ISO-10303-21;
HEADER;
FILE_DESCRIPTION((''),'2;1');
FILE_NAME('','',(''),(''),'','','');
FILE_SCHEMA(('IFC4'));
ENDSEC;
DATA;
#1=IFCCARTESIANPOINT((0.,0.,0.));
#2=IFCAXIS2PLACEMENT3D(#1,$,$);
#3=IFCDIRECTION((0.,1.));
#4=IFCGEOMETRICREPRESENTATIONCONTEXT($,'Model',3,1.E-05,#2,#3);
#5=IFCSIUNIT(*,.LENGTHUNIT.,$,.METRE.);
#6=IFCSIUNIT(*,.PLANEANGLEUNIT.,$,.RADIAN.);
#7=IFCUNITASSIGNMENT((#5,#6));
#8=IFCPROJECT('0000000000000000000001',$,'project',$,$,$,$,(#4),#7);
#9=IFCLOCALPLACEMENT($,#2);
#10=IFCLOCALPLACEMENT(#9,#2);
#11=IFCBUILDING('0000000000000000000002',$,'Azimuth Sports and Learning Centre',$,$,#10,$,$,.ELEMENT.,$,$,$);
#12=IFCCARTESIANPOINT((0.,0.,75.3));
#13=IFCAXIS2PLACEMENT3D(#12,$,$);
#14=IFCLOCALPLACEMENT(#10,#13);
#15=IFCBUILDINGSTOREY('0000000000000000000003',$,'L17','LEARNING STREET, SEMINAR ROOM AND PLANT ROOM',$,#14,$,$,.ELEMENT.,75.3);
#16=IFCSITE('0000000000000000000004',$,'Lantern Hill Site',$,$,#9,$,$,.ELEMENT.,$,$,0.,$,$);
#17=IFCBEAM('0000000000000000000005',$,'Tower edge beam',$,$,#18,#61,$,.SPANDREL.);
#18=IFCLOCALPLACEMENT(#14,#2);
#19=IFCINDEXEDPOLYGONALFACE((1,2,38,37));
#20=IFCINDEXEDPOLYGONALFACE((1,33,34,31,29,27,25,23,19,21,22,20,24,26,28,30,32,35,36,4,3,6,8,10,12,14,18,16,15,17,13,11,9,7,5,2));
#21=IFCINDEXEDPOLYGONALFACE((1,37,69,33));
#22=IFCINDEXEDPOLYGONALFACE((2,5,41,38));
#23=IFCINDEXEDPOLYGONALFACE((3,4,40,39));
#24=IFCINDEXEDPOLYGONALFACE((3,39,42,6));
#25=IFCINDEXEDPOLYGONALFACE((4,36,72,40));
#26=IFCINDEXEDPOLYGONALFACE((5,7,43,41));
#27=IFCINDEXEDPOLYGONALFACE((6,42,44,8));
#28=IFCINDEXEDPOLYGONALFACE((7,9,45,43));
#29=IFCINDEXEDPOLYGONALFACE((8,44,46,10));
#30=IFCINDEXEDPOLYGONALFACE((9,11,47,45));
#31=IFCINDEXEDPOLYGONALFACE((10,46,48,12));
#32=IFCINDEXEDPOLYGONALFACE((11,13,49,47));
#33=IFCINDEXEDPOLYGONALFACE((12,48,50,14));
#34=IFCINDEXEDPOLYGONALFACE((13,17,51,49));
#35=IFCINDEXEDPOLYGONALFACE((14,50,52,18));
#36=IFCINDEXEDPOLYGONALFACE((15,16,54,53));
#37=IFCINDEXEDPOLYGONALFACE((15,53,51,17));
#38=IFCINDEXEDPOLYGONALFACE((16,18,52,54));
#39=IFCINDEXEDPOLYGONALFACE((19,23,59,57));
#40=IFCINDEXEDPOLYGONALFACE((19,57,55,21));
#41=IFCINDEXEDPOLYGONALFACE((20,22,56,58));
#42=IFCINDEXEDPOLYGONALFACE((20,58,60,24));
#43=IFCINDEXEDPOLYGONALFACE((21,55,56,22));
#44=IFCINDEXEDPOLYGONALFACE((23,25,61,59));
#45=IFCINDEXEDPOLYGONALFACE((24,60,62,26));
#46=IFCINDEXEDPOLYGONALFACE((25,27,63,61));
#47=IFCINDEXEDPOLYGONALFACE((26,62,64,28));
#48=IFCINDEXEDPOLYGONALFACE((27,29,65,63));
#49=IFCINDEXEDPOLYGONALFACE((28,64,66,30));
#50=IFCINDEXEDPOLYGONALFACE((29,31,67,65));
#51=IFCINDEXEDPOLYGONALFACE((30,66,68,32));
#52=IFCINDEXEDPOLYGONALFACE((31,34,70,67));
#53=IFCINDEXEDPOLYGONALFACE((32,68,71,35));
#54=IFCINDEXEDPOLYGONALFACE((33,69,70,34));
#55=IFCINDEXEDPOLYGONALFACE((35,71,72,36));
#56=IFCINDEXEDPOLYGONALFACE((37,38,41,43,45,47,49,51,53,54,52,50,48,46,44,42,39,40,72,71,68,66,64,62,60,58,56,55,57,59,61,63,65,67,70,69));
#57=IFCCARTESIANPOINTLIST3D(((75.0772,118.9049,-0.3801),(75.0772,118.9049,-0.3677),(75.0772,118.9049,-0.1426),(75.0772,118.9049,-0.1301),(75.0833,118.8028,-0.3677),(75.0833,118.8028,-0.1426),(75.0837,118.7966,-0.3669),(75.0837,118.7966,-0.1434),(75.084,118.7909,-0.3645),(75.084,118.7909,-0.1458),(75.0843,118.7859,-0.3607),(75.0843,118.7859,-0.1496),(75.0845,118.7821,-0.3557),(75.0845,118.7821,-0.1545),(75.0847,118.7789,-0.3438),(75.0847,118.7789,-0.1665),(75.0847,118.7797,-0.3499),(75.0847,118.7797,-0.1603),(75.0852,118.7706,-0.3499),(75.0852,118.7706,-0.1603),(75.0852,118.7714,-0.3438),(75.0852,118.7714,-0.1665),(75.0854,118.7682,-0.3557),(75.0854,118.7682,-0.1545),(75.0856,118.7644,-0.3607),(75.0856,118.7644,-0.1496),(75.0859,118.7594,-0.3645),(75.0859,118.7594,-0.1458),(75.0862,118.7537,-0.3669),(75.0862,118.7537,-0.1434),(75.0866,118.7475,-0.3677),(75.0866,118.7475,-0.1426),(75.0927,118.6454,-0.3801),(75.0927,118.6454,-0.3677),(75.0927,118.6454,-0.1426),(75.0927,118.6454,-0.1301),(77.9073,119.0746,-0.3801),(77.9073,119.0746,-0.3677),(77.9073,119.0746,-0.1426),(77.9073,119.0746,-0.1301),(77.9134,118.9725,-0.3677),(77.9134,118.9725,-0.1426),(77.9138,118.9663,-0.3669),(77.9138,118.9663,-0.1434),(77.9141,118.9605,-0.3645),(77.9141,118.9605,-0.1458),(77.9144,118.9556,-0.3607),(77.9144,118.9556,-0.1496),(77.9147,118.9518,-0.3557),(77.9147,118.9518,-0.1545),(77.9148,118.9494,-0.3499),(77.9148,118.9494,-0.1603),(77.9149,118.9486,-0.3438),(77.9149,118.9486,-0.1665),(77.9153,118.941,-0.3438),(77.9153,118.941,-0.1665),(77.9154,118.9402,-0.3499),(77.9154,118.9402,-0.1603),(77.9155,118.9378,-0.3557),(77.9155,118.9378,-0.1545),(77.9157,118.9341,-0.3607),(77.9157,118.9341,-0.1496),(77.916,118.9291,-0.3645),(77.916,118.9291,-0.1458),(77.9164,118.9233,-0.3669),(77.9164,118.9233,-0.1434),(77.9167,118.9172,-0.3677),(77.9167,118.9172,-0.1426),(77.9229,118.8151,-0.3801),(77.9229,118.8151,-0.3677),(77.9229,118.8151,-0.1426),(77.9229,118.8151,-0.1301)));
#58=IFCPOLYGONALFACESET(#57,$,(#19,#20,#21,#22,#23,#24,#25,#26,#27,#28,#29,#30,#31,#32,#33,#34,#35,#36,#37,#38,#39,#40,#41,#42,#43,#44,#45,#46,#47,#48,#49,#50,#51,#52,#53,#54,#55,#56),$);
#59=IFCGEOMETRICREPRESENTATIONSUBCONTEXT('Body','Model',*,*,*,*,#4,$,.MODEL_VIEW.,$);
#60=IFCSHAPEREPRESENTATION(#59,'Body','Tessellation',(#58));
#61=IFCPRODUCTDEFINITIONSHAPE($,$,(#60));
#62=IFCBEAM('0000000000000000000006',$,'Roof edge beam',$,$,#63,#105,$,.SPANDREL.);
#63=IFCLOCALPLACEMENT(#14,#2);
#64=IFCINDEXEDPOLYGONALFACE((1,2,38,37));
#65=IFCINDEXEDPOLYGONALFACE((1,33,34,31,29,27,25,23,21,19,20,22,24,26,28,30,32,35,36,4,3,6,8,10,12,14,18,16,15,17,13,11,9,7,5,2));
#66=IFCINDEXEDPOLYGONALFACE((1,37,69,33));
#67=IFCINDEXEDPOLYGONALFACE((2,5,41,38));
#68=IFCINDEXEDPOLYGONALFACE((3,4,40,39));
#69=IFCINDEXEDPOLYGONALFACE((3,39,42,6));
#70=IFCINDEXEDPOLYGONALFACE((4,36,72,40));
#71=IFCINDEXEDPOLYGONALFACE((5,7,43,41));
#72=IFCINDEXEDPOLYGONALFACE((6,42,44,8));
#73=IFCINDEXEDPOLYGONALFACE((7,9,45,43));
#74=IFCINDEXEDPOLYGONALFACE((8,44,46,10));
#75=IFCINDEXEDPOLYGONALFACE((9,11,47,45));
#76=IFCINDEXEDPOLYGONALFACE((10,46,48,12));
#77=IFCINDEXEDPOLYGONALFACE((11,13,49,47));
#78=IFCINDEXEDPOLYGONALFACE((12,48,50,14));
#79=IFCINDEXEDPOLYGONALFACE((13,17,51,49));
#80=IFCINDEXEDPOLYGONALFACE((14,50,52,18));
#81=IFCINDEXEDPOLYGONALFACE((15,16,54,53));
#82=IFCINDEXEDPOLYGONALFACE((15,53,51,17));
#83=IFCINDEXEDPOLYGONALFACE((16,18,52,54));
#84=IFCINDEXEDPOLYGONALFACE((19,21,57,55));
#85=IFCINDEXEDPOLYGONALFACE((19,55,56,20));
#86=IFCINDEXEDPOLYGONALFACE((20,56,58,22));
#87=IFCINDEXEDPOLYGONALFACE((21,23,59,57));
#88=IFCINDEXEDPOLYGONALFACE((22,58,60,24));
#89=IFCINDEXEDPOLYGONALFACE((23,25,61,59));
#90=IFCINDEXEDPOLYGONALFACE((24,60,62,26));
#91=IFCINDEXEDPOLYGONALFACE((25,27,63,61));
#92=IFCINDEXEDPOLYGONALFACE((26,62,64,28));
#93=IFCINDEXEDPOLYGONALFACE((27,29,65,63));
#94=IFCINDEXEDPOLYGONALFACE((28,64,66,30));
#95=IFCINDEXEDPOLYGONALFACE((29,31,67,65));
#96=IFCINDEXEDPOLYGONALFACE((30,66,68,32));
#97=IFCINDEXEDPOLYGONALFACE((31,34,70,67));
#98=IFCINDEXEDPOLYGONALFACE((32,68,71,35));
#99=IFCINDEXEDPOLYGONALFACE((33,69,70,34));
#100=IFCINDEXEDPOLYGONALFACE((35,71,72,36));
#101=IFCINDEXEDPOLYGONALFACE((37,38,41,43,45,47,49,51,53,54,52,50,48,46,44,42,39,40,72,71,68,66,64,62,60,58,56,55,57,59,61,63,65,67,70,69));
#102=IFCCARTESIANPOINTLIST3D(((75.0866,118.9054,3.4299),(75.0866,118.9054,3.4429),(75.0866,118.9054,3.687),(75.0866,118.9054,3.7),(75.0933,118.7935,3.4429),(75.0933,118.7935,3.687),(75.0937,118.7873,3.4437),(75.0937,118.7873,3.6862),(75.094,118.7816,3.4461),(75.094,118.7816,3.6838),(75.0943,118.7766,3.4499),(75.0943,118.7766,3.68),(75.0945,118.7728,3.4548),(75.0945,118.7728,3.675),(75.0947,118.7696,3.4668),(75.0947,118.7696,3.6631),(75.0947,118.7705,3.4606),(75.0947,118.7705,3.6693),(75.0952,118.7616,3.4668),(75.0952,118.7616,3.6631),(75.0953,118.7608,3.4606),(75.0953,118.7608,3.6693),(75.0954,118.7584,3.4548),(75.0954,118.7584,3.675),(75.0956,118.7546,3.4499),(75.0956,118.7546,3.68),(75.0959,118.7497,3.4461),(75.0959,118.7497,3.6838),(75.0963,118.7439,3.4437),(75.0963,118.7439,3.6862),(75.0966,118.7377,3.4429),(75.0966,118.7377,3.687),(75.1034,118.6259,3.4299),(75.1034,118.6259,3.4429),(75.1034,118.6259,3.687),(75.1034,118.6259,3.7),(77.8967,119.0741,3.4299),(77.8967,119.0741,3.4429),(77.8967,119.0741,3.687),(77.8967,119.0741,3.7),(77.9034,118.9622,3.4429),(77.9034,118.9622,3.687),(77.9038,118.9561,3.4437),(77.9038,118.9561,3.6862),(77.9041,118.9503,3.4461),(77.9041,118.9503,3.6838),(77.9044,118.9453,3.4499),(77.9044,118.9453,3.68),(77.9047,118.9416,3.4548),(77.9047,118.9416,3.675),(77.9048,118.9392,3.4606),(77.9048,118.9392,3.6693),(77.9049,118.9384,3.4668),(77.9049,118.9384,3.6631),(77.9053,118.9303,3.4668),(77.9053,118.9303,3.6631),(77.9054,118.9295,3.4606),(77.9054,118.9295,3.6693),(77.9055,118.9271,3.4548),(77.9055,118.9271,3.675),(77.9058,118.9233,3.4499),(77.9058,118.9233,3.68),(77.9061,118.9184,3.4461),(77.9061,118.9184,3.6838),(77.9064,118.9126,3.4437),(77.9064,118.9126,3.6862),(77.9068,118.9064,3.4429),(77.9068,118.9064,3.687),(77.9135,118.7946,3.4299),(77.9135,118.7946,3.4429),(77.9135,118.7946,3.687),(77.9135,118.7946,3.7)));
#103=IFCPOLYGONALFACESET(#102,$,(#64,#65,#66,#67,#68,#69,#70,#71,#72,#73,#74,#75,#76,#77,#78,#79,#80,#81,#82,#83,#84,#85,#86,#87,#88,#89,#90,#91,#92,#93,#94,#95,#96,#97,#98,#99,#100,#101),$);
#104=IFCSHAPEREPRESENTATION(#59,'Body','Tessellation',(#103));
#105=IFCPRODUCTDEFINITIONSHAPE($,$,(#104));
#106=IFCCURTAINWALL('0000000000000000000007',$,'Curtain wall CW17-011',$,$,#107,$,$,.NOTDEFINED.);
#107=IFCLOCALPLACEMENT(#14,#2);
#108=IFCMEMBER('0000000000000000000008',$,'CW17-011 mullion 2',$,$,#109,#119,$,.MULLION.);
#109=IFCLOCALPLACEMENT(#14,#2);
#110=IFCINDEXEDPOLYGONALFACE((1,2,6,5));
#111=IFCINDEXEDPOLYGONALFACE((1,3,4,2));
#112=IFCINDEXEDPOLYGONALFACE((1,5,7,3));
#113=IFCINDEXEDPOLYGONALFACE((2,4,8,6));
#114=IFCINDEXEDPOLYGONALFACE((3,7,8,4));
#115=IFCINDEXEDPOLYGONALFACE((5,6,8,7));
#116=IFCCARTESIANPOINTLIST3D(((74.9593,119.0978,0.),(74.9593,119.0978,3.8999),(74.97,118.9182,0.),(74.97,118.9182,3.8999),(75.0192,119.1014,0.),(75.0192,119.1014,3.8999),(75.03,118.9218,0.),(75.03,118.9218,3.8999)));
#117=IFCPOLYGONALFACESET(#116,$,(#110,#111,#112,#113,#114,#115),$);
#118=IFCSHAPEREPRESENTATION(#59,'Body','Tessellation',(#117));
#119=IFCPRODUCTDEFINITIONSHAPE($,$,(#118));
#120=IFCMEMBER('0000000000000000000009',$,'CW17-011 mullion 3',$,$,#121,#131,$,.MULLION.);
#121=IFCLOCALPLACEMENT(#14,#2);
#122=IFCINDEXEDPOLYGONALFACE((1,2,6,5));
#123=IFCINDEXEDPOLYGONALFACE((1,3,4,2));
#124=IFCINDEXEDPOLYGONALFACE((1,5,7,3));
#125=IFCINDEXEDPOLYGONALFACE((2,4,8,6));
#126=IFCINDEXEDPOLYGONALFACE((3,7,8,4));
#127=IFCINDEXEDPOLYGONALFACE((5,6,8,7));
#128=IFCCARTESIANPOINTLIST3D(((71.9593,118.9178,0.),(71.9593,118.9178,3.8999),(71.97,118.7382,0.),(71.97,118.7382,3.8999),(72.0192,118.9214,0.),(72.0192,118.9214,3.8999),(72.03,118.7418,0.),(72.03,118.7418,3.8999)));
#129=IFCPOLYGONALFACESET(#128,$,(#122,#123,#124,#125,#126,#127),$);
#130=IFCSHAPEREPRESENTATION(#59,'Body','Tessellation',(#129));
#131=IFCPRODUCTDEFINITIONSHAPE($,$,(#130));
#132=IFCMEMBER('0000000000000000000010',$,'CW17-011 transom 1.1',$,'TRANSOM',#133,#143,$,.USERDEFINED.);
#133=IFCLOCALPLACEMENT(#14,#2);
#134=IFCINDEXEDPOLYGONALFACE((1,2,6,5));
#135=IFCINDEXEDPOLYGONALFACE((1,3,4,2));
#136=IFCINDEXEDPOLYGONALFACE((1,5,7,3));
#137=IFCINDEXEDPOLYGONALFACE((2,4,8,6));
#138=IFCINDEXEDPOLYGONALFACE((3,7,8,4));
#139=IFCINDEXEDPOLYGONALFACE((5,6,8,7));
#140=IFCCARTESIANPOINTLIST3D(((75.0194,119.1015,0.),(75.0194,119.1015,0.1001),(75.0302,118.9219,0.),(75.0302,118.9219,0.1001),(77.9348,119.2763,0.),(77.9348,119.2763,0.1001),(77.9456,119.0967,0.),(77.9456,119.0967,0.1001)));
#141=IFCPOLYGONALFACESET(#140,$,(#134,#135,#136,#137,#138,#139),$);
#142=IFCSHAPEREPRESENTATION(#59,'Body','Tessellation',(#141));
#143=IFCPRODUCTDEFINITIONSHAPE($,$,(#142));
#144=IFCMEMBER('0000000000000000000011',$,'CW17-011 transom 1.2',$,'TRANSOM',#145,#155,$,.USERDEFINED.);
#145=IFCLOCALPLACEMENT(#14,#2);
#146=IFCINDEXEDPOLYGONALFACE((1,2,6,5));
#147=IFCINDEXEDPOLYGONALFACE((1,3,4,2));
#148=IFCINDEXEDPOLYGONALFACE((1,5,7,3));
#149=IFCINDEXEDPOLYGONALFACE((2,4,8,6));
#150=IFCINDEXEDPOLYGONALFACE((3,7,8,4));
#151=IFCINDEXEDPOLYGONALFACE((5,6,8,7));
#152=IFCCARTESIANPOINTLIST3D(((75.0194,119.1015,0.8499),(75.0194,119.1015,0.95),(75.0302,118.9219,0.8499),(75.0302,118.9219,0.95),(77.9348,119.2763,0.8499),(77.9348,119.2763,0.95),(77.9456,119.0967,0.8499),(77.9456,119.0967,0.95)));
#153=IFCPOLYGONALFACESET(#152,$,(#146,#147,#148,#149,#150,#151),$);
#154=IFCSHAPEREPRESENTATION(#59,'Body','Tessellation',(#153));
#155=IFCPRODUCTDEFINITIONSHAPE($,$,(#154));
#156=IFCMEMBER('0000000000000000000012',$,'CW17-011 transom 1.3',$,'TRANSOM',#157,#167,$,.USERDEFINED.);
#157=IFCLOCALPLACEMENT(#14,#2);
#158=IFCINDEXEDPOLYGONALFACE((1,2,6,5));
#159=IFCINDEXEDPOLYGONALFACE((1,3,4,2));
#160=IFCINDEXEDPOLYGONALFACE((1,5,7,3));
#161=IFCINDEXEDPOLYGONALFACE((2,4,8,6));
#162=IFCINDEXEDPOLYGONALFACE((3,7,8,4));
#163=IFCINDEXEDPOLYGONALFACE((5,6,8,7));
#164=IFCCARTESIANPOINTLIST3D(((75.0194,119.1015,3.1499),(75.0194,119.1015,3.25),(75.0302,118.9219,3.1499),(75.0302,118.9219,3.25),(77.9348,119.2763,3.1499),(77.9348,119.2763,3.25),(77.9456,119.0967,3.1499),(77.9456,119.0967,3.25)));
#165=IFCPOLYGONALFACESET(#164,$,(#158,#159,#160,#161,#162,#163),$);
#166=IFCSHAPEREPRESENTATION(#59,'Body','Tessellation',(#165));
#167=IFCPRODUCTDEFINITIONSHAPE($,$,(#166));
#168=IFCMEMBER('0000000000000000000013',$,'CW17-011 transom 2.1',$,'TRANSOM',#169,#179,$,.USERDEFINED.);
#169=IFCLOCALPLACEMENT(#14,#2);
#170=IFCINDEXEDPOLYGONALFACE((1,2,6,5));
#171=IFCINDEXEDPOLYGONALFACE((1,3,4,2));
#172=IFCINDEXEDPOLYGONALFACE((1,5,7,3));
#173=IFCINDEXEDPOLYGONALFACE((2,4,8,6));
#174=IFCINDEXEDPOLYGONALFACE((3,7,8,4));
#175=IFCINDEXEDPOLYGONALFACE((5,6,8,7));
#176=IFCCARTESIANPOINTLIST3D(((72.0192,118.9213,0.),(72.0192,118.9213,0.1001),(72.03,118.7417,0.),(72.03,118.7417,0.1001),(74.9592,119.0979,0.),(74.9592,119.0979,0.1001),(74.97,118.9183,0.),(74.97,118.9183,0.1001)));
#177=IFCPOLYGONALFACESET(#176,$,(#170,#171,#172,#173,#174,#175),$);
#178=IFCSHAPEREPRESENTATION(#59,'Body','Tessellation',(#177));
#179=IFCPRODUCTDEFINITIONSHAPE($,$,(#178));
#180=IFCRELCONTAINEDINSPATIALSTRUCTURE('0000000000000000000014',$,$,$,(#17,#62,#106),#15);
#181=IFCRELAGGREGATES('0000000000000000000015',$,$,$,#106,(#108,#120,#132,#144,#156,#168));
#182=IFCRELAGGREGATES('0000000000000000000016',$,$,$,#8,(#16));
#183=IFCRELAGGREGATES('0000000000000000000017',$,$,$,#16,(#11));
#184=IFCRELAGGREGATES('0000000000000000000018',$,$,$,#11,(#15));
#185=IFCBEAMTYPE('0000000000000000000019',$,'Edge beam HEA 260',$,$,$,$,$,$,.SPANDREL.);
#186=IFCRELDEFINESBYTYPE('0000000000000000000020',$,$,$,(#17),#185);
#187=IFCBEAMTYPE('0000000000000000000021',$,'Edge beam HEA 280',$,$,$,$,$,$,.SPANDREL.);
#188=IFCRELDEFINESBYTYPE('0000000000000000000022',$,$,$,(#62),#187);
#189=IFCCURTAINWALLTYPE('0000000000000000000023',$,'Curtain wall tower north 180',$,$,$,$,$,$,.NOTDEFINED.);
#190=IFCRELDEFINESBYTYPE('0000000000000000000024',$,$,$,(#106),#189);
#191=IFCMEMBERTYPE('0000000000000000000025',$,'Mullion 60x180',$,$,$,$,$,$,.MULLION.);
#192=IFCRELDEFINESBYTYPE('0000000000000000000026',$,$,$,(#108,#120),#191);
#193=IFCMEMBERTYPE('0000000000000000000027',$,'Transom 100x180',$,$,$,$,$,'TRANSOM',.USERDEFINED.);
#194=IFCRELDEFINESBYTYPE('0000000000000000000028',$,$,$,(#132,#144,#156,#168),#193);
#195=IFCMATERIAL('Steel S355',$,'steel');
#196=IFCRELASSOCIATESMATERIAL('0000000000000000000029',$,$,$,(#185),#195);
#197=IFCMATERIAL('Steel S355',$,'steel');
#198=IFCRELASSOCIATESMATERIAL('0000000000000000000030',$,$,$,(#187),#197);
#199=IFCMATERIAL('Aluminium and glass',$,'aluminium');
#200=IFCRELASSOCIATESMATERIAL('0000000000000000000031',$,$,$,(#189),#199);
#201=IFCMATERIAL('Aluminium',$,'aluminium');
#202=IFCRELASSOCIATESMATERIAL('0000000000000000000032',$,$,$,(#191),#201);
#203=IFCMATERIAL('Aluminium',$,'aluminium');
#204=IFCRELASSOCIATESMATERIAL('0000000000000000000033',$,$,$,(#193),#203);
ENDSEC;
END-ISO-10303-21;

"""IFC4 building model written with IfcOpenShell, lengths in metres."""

from ifc_helpers import new_model, si_unit, direction, frame, origin, origin_2d, place, context, subcontext, project, spatial, rectangle, i_section, extrude, material, material_profile, profile_set, type_object, element, aggregate, save


model = new_model("IFC4")

# Units and contexts
model_context = context("Model", 3, precision=1e-05, world=origin(), true_north=direction((0.0, 1.0)))
body_context = subcontext(model_context, "Body", "Model", "MODEL_VIEW")
ifc_project = project(units=[si_unit("LENGTHUNIT", "METRE"), si_unit("PLANEANGLEUNIT", "RADIAN")], contexts=[model_context])

# Site, building, storey
site_placement = place(None, origin())
site = spatial("IfcSite", under=ifc_project, at=site_placement, Name="Lantern Hill Site", CompositionType="ELEMENT", RefElevation=0.0)
building_placement = place(site_placement, origin())
building = spatial("IfcBuilding", under=site, at=building_placement, Name="Azimuth Sports and Learning Centre", CompositionType="ELEMENT")
storey_placement = place(building_placement, frame((0.0, 0.0, 75.3)))
storey = spatial("IfcBuildingStorey", under=building, at=storey_placement, Name="L17", Description="LEARNING STREET, SEMINAR ROOM AND PLANT ROOM", CompositionType="ELEMENT", Elevation=75.3)

# Beams
ifc_material_1 = material(Name="Steel S355", Category="steel")
ifc_material_profile_1 = material_profile(ifc_material_1, i_section(OverallWidth=0.26, OverallDepth=0.25, WebThickness=0.0076, FlangeThickness=0.0125, FilletRadius=0.0239, at=origin_2d()), Name="HEA 260")
ifc_profile_set_1 = profile_set([ifc_material_profile_1], Name="Steel S355")
beam_type_1 = type_object("IfcBeamType", Name="Edge beam HEA 260", PredefinedType="SPANDREL", material=ifc_profile_set_1)
beam_1_placement = place(storey_placement, frame((75.085, 118.7751, -0.2551), z_axis=(0.998208, 0.059848, 0.0), x_axis=(-0.059848, 0.998208, 0.0)))
element("IfcBeam", 1, at=beam_1_placement, inside=storey, type_object=beam_type_1, Name="Tower edge beam", PredefinedType="SPANDREL", context=body_context, shape_type="SweptSolid", body=[
    extrude(i_section(OverallWidth=0.26, OverallDepth=0.25, WebThickness=0.0076, FlangeThickness=0.0125, FilletRadius=0.0239, at=origin_2d()), origin(), (0.0, 0.0, 1.0), 2.8352),
])
ifc_material_2 = material(Name="Steel S355", Category="steel")
ifc_material_profile_2 = material_profile(ifc_material_2, i_section(OverallWidth=0.28, OverallDepth=0.27, WebThickness=0.0081, FlangeThickness=0.0129, FilletRadius=0.0239, at=origin_2d()), Name="HEA 280")
ifc_profile_set_2 = profile_set([ifc_material_profile_2], Name="Steel S355")
beam_type_2 = type_object("IfcBeamType", Name="Edge beam HEA 280", PredefinedType="SPANDREL", material=ifc_profile_set_2)
beam_2_placement = place(storey_placement, frame((75.095, 118.7656, 3.5649), z_axis=(0.998203, 0.059927, 0.0), x_axis=(-0.059927, 0.998203, 0.0)))
element("IfcBeam", 2, at=beam_2_placement, inside=storey, type_object=beam_type_2, Name="Roof edge beam", PredefinedType="SPANDREL", context=body_context, shape_type="SweptSolid", body=[
    extrude(i_section(OverallWidth=0.28, OverallDepth=0.27, WebThickness=0.0081, FlangeThickness=0.0129, FilletRadius=0.0239, at=origin_2d()), origin(), (0.0, 0.0, 1.0), 2.8152),
])

# Curtain wall, members
ifc_material_3 = material(Name="Aluminium and glass", Category="aluminium")
curtain_wall_type = type_object("IfcCurtainWallType", Name="Curtain wall tower north 180", PredefinedType="NOTDEFINED", material=ifc_material_3)
curtain_wall_placement = place(storey_placement, origin())
curtain_wall = element("IfcCurtainWall", 3, at=curtain_wall_placement, inside=storey, type_object=curtain_wall_type, Name="Curtain wall CW17-011", PredefinedType="NOTDEFINED")
ifc_material_4 = material(Name="Aluminium", Category="aluminium")
ifc_material_profile_3 = material_profile(ifc_material_4, rectangle(XDim=0.1799, YDim=0.0601, at=origin_2d()), Name="Mullion 60x180")
ifc_profile_set_3 = profile_set([ifc_material_profile_3], Name="Aluminium")
member_type_1 = type_object("IfcMemberType", Name="Mullion 60x180", PredefinedType="MULLION", material=ifc_profile_set_3)
member_1_placement = place(storey_placement, frame((74.9946, 119.0098, 0.0), z_axis=(0.0, 0.0, 1.0), x_axis=(0.059892, -0.998205, 0.0)))
member_1 = element("IfcMember", 4, at=member_1_placement, type_object=member_type_1, Name="CW17-011 mullion 2", PredefinedType="MULLION", context=body_context, shape_type="SweptSolid", body=[
    extrude(rectangle(XDim=0.1799, YDim=0.0601, at=origin_2d()), origin(), (0.0, 0.0, 1.0), 3.8999),
])
member_2_placement = place(storey_placement, frame((71.9946, 118.8298, 0.0), z_axis=(0.0, 0.0, 1.0), x_axis=(0.059892, -0.998205, 0.0)))
member_2 = element("IfcMember", 5, at=member_2_placement, type_object=member_type_1, Name="CW17-011 mullion 3", PredefinedType="MULLION", context=body_context, shape_type="SweptSolid", body=[
    extrude(rectangle(XDim=0.1799, YDim=0.0601, at=origin_2d()), origin(), (0.0, 0.0, 1.0), 3.8999),
])
ifc_material_5 = material(Name="Aluminium", Category="aluminium")
ifc_material_profile_4 = material_profile(ifc_material_5, rectangle(XDim=0.1799, YDim=0.1001, at=origin_2d()), Name="Transom 100x180")
ifc_profile_set_4 = profile_set([ifc_material_profile_4], Name="Aluminium")
member_type_2 = type_object("IfcMemberType", Name="Transom 100x180", ElementType="TRANSOM", PredefinedType="USERDEFINED", material=ifc_profile_set_4)
member_3_placement = place(storey_placement, frame((77.9402, 119.1865, 0.05), z_axis=(-0.998207, -0.059849, 0.0), x_axis=(0.059849, -0.998207, 0.0)))
member_3 = element("IfcMember", 6, at=member_3_placement, type_object=member_type_2, Name="CW17-011 transom 1.1", ObjectType="TRANSOM", PredefinedType="USERDEFINED", context=body_context, shape_type="SweptSolid", body=[
    extrude(rectangle(XDim=0.1799, YDim=0.1001, at=origin_2d()), origin(), (0.0, 0.0, 1.0), 2.9207),
])
member_4_placement = place(storey_placement, frame((77.9402, 119.1865, 0.8999), z_axis=(-0.998207, -0.059849, 0.0), x_axis=(0.059849, -0.998207, 0.0)))
member_4 = element("IfcMember", 7, at=member_4_placement, type_object=member_type_2, Name="CW17-011 transom 1.2", ObjectType="TRANSOM", PredefinedType="USERDEFINED", context=body_context, shape_type="SweptSolid", body=[
    extrude(rectangle(XDim=0.1799, YDim=0.1001, at=origin_2d()), origin(), (0.0, 0.0, 1.0), 2.9207),
])
member_5_placement = place(storey_placement, frame((77.9402, 119.1865, 3.2), z_axis=(-0.998207, -0.059849, 0.0), x_axis=(0.059849, -0.998207, 0.0)))
member_5 = element("IfcMember", 8, at=member_5_placement, type_object=member_type_2, Name="CW17-011 transom 1.3", ObjectType="TRANSOM", PredefinedType="USERDEFINED", context=body_context, shape_type="SweptSolid", body=[
    extrude(rectangle(XDim=0.1799, YDim=0.1001, at=origin_2d()), origin(), (0.0, 0.0, 1.0), 2.9207),
])
member_6_placement = place(storey_placement, frame((74.9646, 119.0081, 0.05), z_axis=(-0.998202, -0.059932, 0.0), x_axis=(0.059932, -0.998202, 0.0)))
member_6 = element("IfcMember", 9, at=member_6_placement, type_object=member_type_2, Name="CW17-011 transom 2.1", ObjectType="TRANSOM", PredefinedType="USERDEFINED", context=body_context, shape_type="SweptSolid", body=[
    extrude(rectangle(XDim=0.1799, YDim=0.1001, at=origin_2d()), origin(), (0.0, 0.0, 1.0), 2.9453),
])
aggregate(curtain_wall, [member_1, member_2, member_3, member_4, member_5, member_6])

save(model, "model.ifc")
